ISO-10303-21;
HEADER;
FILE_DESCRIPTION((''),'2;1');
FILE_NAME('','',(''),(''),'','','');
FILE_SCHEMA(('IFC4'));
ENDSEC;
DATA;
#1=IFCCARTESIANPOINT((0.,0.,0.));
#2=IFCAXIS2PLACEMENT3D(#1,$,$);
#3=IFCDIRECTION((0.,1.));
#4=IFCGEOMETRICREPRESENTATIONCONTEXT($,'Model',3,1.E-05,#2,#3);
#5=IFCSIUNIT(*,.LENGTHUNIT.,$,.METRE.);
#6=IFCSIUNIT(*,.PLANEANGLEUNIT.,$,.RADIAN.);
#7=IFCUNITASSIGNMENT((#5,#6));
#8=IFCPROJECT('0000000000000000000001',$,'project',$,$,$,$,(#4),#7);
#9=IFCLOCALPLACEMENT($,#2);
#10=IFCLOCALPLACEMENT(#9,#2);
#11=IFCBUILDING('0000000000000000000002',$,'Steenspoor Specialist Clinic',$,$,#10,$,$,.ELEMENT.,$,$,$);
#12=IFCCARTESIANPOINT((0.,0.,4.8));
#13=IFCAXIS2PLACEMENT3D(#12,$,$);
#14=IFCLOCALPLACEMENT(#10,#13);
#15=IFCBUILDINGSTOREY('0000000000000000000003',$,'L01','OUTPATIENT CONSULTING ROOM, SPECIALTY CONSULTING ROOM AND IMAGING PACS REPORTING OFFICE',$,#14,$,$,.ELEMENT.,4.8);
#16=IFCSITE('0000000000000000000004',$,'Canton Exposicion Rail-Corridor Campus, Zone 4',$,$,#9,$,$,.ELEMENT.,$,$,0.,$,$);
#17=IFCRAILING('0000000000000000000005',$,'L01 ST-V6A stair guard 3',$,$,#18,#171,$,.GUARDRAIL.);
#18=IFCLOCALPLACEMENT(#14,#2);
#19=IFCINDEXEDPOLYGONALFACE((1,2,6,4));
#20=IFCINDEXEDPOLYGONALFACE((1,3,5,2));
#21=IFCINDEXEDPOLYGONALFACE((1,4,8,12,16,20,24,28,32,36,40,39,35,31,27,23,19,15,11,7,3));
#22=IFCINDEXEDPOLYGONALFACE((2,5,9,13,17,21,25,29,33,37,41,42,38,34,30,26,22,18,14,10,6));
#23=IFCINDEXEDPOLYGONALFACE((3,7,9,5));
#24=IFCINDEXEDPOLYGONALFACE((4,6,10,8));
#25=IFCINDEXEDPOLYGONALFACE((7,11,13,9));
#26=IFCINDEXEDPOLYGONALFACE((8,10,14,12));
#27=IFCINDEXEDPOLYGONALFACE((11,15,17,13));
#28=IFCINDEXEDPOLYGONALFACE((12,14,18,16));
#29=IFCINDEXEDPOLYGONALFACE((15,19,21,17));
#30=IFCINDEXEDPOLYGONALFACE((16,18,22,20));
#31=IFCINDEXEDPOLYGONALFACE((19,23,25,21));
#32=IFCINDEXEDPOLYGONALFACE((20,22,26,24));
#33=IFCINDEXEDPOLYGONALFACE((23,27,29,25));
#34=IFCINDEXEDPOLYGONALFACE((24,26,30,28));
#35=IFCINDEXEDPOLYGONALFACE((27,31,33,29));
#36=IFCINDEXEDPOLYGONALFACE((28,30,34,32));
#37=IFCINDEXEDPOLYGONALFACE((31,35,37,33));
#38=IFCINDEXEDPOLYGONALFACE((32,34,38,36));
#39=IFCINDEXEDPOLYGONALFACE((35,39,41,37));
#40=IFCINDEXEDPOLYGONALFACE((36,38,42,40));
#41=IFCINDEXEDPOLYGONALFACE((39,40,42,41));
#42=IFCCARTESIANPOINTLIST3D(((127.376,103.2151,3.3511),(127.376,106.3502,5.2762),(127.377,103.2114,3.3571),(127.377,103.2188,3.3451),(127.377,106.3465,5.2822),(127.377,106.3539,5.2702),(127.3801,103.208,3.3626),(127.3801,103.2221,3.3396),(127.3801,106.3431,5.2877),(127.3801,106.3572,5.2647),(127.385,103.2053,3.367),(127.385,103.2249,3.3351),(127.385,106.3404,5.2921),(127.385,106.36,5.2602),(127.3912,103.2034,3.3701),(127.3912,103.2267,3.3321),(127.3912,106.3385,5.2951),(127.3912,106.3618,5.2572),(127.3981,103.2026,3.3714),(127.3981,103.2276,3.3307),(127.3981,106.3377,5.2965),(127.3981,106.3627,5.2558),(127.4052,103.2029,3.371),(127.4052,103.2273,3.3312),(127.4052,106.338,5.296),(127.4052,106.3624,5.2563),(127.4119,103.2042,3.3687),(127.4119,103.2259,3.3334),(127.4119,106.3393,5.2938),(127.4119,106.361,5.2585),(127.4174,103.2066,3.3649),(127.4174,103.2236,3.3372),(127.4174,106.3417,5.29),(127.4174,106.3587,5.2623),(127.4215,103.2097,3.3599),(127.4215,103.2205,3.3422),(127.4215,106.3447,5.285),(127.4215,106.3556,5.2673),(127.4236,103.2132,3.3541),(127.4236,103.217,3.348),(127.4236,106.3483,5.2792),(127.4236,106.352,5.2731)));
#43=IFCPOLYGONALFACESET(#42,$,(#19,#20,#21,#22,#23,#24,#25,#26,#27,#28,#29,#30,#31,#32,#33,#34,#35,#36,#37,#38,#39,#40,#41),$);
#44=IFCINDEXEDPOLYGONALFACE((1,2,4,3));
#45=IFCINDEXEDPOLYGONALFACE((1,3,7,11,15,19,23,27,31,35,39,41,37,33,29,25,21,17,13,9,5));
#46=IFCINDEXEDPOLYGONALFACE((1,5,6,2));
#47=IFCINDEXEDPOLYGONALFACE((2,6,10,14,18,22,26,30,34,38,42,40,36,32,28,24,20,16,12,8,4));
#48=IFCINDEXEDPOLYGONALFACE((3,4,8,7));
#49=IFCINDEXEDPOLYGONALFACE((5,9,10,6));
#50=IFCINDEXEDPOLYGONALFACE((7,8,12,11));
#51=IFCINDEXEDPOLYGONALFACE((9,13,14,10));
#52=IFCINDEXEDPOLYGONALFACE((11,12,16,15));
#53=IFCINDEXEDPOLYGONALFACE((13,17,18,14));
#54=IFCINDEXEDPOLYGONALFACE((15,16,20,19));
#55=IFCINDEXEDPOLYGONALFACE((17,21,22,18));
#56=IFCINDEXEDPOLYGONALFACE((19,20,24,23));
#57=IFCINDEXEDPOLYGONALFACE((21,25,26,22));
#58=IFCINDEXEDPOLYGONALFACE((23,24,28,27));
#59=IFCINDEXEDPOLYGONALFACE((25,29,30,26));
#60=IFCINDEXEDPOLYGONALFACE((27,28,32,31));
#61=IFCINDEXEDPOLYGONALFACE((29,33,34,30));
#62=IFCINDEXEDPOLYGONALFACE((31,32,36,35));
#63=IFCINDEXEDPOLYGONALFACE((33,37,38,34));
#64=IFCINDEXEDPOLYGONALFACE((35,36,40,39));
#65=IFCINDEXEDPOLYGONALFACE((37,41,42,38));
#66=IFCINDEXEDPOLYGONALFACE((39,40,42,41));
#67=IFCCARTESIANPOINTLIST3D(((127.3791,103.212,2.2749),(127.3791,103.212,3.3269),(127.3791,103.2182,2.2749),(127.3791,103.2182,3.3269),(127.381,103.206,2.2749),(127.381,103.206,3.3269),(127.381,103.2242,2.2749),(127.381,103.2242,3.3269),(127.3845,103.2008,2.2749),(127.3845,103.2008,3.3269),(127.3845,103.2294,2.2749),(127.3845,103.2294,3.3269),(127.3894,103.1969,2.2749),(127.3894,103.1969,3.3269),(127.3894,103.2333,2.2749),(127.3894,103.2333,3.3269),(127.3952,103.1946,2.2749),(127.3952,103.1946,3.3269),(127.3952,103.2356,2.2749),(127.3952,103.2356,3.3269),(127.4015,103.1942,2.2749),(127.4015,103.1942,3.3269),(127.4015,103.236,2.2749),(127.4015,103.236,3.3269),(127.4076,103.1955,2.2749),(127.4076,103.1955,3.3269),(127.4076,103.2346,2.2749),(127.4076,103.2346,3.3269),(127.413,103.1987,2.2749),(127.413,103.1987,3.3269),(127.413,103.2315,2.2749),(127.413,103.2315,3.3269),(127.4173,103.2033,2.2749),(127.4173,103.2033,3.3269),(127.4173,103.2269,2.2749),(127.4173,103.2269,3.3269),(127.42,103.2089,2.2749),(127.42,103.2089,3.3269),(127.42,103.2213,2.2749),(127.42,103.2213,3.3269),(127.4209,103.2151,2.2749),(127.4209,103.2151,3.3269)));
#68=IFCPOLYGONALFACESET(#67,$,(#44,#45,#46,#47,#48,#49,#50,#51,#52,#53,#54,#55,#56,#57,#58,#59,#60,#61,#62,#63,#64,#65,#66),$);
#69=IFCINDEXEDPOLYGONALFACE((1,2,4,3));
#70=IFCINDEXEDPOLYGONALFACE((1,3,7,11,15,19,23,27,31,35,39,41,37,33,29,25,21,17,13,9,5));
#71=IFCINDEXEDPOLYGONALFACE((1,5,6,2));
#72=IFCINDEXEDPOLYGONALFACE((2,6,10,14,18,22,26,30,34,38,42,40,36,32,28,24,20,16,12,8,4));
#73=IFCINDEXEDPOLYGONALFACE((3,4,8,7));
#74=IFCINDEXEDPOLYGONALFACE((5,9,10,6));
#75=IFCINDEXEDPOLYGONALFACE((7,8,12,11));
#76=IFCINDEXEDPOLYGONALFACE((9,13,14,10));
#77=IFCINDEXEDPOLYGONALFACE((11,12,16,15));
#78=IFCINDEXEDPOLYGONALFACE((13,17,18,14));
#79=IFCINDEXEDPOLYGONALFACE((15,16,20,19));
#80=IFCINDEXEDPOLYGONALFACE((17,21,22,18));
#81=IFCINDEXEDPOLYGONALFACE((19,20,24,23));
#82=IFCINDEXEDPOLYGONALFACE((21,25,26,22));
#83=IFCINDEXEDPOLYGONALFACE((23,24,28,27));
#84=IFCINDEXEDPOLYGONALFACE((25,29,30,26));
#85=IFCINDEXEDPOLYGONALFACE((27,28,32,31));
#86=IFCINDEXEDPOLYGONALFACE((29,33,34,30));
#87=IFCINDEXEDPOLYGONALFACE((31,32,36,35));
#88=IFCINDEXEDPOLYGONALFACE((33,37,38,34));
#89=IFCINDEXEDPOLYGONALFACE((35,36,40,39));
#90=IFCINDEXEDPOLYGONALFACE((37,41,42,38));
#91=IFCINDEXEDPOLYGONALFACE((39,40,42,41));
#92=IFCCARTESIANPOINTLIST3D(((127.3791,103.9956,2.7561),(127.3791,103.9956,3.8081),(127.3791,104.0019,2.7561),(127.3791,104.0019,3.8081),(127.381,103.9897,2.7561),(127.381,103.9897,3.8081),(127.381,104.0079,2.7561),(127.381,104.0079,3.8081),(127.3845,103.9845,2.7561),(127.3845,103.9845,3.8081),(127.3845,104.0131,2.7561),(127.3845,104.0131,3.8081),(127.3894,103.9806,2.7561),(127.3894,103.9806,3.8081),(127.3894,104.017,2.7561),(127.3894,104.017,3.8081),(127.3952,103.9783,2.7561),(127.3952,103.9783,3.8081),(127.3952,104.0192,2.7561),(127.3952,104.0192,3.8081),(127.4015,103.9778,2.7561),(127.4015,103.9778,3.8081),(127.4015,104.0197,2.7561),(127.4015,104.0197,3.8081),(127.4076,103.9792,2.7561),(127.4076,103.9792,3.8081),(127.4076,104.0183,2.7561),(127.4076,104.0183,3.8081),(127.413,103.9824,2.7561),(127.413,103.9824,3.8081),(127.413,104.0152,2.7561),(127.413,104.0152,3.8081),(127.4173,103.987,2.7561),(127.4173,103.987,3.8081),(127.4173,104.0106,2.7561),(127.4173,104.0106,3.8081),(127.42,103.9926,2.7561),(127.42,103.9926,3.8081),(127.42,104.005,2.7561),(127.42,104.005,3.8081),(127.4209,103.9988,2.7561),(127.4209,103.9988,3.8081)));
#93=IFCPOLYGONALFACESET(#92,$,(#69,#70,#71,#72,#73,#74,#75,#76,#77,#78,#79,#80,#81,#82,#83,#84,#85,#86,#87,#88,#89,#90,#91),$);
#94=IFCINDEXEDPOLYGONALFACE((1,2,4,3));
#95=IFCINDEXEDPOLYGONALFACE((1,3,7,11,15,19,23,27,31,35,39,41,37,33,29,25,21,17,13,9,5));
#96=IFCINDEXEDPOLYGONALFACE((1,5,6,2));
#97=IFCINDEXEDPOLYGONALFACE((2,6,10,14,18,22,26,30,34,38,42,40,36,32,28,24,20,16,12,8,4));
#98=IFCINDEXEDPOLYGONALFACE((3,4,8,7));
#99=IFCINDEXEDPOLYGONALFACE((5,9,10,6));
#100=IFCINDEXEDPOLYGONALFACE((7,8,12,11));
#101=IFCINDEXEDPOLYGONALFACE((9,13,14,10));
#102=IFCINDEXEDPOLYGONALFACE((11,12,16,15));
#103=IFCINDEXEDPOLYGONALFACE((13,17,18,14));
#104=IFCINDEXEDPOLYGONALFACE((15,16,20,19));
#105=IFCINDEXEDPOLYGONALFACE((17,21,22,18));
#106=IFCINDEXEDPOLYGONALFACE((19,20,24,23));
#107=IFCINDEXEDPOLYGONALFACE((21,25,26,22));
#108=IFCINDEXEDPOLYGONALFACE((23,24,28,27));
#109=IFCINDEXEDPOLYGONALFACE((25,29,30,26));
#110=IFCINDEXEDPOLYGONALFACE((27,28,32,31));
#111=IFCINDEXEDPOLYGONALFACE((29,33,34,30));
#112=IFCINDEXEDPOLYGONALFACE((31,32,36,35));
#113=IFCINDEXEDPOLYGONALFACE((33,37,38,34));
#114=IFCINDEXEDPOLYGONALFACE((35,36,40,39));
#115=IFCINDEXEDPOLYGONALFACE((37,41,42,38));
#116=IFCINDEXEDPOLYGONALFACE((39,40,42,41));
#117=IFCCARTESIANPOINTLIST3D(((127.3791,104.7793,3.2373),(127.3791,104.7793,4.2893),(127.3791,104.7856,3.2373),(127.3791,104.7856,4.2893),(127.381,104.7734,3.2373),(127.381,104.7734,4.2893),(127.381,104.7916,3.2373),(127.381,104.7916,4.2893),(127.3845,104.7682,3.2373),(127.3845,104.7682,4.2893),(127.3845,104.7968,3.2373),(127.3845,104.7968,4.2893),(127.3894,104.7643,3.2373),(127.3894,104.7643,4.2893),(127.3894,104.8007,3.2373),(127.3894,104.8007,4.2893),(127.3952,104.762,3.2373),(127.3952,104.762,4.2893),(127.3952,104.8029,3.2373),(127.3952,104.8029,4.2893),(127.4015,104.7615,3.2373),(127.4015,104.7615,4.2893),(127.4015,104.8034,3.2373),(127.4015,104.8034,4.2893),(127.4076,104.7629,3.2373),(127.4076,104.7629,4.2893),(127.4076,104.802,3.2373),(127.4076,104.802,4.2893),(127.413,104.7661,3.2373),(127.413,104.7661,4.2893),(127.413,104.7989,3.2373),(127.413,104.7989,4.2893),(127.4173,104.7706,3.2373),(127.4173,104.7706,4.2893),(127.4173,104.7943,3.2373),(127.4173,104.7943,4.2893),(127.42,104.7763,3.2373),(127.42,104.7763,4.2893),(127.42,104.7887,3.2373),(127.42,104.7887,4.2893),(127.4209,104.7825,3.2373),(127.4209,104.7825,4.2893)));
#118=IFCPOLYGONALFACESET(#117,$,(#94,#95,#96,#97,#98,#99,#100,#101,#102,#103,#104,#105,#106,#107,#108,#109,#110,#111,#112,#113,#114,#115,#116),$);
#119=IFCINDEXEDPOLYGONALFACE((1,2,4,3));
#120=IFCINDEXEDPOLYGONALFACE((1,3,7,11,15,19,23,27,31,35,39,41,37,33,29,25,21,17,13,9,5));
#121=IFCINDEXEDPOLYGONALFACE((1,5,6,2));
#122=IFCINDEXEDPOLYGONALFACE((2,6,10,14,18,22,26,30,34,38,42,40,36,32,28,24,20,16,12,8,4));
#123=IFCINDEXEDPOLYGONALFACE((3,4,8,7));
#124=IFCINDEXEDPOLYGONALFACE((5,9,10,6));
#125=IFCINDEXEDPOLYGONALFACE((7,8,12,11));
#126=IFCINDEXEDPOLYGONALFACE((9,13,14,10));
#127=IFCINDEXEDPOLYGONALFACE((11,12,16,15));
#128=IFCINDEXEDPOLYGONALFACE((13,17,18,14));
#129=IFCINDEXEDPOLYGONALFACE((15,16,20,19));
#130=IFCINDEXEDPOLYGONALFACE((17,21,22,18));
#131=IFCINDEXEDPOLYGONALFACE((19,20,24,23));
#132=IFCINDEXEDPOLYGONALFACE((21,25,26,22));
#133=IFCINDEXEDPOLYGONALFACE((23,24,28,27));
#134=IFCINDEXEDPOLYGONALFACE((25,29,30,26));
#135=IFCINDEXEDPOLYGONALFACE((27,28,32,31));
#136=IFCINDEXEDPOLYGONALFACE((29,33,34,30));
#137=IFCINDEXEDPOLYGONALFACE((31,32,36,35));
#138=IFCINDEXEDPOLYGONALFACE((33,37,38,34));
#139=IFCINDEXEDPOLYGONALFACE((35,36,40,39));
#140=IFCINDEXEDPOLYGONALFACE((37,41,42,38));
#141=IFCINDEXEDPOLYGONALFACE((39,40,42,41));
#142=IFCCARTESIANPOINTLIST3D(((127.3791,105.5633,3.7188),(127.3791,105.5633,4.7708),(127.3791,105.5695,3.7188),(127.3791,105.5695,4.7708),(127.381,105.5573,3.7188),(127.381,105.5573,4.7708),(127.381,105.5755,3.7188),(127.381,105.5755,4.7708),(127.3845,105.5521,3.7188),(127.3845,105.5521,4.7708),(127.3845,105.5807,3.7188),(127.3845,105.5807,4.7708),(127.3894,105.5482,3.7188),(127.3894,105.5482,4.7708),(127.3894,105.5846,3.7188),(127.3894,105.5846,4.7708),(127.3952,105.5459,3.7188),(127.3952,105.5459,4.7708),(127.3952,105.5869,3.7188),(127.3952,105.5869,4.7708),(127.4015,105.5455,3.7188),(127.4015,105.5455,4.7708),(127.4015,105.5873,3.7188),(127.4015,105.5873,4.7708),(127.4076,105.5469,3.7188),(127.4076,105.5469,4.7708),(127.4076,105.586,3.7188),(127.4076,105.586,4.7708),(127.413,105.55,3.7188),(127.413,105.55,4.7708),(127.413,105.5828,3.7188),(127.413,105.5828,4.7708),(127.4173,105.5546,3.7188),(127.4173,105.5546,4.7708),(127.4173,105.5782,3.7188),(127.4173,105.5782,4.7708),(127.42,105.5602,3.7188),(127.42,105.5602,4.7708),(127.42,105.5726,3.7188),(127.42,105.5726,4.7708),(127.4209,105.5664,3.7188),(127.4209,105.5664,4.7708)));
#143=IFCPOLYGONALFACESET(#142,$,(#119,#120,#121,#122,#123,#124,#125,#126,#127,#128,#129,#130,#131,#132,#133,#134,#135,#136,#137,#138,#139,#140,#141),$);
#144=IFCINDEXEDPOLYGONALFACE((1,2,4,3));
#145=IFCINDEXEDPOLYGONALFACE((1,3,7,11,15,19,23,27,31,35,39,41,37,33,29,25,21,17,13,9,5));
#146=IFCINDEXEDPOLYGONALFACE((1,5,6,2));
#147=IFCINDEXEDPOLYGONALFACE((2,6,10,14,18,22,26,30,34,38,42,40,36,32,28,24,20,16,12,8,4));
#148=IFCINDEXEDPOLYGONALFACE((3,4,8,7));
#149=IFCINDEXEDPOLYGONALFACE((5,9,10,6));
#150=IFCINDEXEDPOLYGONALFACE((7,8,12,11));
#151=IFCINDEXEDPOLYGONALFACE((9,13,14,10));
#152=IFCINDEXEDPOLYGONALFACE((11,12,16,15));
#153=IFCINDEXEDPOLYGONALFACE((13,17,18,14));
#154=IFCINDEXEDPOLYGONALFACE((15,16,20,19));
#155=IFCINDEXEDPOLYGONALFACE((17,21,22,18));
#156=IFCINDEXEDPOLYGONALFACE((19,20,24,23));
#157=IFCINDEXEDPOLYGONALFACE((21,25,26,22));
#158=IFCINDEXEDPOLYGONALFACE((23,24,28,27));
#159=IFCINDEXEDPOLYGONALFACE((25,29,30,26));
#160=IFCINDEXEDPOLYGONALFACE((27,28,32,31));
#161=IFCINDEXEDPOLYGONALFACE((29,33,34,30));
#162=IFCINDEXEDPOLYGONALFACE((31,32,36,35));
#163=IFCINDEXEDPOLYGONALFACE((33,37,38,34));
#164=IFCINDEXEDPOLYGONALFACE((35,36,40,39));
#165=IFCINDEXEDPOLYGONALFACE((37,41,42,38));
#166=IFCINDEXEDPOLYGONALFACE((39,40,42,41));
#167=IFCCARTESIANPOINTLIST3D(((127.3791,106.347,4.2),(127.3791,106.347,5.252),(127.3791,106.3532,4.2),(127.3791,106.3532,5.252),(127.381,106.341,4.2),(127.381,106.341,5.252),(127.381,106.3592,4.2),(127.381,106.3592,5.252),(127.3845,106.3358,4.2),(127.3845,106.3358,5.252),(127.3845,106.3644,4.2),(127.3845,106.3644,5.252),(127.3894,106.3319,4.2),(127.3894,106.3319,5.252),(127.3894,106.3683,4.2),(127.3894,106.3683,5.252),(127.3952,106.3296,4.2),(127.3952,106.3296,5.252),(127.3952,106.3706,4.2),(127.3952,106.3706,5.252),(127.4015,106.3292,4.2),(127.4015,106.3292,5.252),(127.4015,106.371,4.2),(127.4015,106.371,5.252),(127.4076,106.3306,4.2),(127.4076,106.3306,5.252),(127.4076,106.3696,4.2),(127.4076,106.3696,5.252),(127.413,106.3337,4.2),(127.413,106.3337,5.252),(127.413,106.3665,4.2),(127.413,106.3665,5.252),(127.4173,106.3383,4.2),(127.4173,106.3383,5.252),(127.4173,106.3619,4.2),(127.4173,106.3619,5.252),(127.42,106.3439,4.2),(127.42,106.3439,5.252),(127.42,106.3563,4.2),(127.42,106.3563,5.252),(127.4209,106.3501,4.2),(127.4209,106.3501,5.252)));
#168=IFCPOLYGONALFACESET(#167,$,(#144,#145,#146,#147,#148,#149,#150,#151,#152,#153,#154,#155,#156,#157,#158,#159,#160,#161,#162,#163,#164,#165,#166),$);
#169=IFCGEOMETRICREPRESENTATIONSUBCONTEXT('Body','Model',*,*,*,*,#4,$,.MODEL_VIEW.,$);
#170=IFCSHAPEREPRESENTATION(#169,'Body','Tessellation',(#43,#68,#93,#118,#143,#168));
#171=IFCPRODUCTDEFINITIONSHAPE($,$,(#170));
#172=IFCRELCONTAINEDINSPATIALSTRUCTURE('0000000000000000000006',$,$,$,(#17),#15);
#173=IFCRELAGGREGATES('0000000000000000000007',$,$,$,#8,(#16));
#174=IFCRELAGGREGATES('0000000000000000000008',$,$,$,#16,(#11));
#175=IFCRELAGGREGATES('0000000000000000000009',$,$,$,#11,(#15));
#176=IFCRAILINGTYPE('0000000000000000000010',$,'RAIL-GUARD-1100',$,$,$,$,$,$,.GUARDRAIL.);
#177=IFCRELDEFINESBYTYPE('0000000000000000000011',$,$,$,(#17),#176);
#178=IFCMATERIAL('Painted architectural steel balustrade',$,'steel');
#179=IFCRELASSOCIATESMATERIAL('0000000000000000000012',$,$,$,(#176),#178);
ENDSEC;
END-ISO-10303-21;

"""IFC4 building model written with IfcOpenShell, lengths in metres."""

from ifc_helpers import new_model, si_unit, direction, frame, origin, origin_2d, place, context, subcontext, project, spatial, circle, extrude, material, type_object, element, save


model = new_model("IFC4")

# Units and contexts
model_context = context("Model", 3, precision=1e-05, world=origin(), true_north=direction((0.0, 1.0)))
body_context = subcontext(model_context, "Body", "Model", "MODEL_VIEW")
ifc_project = project(units=[si_unit("LENGTHUNIT", "METRE"), si_unit("PLANEANGLEUNIT", "RADIAN")], contexts=[model_context])

# Site, building, storey
site_placement = place(None, origin())
site = spatial("IfcSite", under=ifc_project, at=site_placement, Name="Canton Exposicion Rail-Corridor Campus, Zone 4", CompositionType="ELEMENT", RefElevation=0.0)
building_placement = place(site_placement, origin())
building = spatial("IfcBuilding", under=site, at=building_placement, Name="Steenspoor Specialist Clinic", CompositionType="ELEMENT")
storey_placement = place(building_placement, frame((0.0, 0.0, 4.8)))
storey = spatial("IfcBuildingStorey", under=building, at=storey_placement, Name="L01", Description="OUTPATIENT CONSULTING ROOM, SPECIALTY CONSULTING ROOM AND IMAGING PACS REPORTING OFFICE", CompositionType="ELEMENT", Elevation=4.8)

# Railing
ifc_material_1 = material(Name="Painted architectural steel balustrade", Category="steel")
railing_type_1 = type_object("IfcRailingType", Name="RAIL-GUARD-1100", PredefinedType="GUARDRAIL", material=ifc_material_1)
railing_1_placement = place(storey_placement, frame((127.3999, 103.2151, 2.2749)))
element("IfcRailing", 1, at=railing_1_placement, inside=storey, type_object=railing_type_1, Name="L01 ST-V6A stair guard 3", PredefinedType="GUARDRAIL", context=body_context, shape_type="SweptSolid", body=[
    extrude(circle(Radius=0.0239, at=origin_2d()), frame((0.0, 0.0, 1.0762), z_axis=(0.0, 0.852166, 0.523271), x_axis=(-1.0, 0.0, 0.0)), (0.0, 0.0, 1.0), 3.679),
    extrude(circle(Radius=0.021, at=origin_2d()), origin(), (0.0, 0.0, 1.0), 1.052),
    extrude(circle(Radius=0.021, at=origin_2d()), frame((0.0, 0.7837, 0.4812)), (0.0, 0.0, 1.0), 1.052),
    extrude(circle(Radius=0.021, at=origin_2d()), frame((0.0, 1.5674, 0.9624)), (0.0, 0.0, 1.0), 1.052),
    extrude(circle(Radius=0.021, at=origin_2d()), frame((0.0, 2.3513, 1.4438)), (0.0, 0.0, 1.0), 1.052),
    extrude(circle(Radius=0.021, at=origin_2d()), frame((0.0, 3.135, 1.925)), (0.0, 0.0, 1.0), 1.052),
])

save(model, "model.ifc")
